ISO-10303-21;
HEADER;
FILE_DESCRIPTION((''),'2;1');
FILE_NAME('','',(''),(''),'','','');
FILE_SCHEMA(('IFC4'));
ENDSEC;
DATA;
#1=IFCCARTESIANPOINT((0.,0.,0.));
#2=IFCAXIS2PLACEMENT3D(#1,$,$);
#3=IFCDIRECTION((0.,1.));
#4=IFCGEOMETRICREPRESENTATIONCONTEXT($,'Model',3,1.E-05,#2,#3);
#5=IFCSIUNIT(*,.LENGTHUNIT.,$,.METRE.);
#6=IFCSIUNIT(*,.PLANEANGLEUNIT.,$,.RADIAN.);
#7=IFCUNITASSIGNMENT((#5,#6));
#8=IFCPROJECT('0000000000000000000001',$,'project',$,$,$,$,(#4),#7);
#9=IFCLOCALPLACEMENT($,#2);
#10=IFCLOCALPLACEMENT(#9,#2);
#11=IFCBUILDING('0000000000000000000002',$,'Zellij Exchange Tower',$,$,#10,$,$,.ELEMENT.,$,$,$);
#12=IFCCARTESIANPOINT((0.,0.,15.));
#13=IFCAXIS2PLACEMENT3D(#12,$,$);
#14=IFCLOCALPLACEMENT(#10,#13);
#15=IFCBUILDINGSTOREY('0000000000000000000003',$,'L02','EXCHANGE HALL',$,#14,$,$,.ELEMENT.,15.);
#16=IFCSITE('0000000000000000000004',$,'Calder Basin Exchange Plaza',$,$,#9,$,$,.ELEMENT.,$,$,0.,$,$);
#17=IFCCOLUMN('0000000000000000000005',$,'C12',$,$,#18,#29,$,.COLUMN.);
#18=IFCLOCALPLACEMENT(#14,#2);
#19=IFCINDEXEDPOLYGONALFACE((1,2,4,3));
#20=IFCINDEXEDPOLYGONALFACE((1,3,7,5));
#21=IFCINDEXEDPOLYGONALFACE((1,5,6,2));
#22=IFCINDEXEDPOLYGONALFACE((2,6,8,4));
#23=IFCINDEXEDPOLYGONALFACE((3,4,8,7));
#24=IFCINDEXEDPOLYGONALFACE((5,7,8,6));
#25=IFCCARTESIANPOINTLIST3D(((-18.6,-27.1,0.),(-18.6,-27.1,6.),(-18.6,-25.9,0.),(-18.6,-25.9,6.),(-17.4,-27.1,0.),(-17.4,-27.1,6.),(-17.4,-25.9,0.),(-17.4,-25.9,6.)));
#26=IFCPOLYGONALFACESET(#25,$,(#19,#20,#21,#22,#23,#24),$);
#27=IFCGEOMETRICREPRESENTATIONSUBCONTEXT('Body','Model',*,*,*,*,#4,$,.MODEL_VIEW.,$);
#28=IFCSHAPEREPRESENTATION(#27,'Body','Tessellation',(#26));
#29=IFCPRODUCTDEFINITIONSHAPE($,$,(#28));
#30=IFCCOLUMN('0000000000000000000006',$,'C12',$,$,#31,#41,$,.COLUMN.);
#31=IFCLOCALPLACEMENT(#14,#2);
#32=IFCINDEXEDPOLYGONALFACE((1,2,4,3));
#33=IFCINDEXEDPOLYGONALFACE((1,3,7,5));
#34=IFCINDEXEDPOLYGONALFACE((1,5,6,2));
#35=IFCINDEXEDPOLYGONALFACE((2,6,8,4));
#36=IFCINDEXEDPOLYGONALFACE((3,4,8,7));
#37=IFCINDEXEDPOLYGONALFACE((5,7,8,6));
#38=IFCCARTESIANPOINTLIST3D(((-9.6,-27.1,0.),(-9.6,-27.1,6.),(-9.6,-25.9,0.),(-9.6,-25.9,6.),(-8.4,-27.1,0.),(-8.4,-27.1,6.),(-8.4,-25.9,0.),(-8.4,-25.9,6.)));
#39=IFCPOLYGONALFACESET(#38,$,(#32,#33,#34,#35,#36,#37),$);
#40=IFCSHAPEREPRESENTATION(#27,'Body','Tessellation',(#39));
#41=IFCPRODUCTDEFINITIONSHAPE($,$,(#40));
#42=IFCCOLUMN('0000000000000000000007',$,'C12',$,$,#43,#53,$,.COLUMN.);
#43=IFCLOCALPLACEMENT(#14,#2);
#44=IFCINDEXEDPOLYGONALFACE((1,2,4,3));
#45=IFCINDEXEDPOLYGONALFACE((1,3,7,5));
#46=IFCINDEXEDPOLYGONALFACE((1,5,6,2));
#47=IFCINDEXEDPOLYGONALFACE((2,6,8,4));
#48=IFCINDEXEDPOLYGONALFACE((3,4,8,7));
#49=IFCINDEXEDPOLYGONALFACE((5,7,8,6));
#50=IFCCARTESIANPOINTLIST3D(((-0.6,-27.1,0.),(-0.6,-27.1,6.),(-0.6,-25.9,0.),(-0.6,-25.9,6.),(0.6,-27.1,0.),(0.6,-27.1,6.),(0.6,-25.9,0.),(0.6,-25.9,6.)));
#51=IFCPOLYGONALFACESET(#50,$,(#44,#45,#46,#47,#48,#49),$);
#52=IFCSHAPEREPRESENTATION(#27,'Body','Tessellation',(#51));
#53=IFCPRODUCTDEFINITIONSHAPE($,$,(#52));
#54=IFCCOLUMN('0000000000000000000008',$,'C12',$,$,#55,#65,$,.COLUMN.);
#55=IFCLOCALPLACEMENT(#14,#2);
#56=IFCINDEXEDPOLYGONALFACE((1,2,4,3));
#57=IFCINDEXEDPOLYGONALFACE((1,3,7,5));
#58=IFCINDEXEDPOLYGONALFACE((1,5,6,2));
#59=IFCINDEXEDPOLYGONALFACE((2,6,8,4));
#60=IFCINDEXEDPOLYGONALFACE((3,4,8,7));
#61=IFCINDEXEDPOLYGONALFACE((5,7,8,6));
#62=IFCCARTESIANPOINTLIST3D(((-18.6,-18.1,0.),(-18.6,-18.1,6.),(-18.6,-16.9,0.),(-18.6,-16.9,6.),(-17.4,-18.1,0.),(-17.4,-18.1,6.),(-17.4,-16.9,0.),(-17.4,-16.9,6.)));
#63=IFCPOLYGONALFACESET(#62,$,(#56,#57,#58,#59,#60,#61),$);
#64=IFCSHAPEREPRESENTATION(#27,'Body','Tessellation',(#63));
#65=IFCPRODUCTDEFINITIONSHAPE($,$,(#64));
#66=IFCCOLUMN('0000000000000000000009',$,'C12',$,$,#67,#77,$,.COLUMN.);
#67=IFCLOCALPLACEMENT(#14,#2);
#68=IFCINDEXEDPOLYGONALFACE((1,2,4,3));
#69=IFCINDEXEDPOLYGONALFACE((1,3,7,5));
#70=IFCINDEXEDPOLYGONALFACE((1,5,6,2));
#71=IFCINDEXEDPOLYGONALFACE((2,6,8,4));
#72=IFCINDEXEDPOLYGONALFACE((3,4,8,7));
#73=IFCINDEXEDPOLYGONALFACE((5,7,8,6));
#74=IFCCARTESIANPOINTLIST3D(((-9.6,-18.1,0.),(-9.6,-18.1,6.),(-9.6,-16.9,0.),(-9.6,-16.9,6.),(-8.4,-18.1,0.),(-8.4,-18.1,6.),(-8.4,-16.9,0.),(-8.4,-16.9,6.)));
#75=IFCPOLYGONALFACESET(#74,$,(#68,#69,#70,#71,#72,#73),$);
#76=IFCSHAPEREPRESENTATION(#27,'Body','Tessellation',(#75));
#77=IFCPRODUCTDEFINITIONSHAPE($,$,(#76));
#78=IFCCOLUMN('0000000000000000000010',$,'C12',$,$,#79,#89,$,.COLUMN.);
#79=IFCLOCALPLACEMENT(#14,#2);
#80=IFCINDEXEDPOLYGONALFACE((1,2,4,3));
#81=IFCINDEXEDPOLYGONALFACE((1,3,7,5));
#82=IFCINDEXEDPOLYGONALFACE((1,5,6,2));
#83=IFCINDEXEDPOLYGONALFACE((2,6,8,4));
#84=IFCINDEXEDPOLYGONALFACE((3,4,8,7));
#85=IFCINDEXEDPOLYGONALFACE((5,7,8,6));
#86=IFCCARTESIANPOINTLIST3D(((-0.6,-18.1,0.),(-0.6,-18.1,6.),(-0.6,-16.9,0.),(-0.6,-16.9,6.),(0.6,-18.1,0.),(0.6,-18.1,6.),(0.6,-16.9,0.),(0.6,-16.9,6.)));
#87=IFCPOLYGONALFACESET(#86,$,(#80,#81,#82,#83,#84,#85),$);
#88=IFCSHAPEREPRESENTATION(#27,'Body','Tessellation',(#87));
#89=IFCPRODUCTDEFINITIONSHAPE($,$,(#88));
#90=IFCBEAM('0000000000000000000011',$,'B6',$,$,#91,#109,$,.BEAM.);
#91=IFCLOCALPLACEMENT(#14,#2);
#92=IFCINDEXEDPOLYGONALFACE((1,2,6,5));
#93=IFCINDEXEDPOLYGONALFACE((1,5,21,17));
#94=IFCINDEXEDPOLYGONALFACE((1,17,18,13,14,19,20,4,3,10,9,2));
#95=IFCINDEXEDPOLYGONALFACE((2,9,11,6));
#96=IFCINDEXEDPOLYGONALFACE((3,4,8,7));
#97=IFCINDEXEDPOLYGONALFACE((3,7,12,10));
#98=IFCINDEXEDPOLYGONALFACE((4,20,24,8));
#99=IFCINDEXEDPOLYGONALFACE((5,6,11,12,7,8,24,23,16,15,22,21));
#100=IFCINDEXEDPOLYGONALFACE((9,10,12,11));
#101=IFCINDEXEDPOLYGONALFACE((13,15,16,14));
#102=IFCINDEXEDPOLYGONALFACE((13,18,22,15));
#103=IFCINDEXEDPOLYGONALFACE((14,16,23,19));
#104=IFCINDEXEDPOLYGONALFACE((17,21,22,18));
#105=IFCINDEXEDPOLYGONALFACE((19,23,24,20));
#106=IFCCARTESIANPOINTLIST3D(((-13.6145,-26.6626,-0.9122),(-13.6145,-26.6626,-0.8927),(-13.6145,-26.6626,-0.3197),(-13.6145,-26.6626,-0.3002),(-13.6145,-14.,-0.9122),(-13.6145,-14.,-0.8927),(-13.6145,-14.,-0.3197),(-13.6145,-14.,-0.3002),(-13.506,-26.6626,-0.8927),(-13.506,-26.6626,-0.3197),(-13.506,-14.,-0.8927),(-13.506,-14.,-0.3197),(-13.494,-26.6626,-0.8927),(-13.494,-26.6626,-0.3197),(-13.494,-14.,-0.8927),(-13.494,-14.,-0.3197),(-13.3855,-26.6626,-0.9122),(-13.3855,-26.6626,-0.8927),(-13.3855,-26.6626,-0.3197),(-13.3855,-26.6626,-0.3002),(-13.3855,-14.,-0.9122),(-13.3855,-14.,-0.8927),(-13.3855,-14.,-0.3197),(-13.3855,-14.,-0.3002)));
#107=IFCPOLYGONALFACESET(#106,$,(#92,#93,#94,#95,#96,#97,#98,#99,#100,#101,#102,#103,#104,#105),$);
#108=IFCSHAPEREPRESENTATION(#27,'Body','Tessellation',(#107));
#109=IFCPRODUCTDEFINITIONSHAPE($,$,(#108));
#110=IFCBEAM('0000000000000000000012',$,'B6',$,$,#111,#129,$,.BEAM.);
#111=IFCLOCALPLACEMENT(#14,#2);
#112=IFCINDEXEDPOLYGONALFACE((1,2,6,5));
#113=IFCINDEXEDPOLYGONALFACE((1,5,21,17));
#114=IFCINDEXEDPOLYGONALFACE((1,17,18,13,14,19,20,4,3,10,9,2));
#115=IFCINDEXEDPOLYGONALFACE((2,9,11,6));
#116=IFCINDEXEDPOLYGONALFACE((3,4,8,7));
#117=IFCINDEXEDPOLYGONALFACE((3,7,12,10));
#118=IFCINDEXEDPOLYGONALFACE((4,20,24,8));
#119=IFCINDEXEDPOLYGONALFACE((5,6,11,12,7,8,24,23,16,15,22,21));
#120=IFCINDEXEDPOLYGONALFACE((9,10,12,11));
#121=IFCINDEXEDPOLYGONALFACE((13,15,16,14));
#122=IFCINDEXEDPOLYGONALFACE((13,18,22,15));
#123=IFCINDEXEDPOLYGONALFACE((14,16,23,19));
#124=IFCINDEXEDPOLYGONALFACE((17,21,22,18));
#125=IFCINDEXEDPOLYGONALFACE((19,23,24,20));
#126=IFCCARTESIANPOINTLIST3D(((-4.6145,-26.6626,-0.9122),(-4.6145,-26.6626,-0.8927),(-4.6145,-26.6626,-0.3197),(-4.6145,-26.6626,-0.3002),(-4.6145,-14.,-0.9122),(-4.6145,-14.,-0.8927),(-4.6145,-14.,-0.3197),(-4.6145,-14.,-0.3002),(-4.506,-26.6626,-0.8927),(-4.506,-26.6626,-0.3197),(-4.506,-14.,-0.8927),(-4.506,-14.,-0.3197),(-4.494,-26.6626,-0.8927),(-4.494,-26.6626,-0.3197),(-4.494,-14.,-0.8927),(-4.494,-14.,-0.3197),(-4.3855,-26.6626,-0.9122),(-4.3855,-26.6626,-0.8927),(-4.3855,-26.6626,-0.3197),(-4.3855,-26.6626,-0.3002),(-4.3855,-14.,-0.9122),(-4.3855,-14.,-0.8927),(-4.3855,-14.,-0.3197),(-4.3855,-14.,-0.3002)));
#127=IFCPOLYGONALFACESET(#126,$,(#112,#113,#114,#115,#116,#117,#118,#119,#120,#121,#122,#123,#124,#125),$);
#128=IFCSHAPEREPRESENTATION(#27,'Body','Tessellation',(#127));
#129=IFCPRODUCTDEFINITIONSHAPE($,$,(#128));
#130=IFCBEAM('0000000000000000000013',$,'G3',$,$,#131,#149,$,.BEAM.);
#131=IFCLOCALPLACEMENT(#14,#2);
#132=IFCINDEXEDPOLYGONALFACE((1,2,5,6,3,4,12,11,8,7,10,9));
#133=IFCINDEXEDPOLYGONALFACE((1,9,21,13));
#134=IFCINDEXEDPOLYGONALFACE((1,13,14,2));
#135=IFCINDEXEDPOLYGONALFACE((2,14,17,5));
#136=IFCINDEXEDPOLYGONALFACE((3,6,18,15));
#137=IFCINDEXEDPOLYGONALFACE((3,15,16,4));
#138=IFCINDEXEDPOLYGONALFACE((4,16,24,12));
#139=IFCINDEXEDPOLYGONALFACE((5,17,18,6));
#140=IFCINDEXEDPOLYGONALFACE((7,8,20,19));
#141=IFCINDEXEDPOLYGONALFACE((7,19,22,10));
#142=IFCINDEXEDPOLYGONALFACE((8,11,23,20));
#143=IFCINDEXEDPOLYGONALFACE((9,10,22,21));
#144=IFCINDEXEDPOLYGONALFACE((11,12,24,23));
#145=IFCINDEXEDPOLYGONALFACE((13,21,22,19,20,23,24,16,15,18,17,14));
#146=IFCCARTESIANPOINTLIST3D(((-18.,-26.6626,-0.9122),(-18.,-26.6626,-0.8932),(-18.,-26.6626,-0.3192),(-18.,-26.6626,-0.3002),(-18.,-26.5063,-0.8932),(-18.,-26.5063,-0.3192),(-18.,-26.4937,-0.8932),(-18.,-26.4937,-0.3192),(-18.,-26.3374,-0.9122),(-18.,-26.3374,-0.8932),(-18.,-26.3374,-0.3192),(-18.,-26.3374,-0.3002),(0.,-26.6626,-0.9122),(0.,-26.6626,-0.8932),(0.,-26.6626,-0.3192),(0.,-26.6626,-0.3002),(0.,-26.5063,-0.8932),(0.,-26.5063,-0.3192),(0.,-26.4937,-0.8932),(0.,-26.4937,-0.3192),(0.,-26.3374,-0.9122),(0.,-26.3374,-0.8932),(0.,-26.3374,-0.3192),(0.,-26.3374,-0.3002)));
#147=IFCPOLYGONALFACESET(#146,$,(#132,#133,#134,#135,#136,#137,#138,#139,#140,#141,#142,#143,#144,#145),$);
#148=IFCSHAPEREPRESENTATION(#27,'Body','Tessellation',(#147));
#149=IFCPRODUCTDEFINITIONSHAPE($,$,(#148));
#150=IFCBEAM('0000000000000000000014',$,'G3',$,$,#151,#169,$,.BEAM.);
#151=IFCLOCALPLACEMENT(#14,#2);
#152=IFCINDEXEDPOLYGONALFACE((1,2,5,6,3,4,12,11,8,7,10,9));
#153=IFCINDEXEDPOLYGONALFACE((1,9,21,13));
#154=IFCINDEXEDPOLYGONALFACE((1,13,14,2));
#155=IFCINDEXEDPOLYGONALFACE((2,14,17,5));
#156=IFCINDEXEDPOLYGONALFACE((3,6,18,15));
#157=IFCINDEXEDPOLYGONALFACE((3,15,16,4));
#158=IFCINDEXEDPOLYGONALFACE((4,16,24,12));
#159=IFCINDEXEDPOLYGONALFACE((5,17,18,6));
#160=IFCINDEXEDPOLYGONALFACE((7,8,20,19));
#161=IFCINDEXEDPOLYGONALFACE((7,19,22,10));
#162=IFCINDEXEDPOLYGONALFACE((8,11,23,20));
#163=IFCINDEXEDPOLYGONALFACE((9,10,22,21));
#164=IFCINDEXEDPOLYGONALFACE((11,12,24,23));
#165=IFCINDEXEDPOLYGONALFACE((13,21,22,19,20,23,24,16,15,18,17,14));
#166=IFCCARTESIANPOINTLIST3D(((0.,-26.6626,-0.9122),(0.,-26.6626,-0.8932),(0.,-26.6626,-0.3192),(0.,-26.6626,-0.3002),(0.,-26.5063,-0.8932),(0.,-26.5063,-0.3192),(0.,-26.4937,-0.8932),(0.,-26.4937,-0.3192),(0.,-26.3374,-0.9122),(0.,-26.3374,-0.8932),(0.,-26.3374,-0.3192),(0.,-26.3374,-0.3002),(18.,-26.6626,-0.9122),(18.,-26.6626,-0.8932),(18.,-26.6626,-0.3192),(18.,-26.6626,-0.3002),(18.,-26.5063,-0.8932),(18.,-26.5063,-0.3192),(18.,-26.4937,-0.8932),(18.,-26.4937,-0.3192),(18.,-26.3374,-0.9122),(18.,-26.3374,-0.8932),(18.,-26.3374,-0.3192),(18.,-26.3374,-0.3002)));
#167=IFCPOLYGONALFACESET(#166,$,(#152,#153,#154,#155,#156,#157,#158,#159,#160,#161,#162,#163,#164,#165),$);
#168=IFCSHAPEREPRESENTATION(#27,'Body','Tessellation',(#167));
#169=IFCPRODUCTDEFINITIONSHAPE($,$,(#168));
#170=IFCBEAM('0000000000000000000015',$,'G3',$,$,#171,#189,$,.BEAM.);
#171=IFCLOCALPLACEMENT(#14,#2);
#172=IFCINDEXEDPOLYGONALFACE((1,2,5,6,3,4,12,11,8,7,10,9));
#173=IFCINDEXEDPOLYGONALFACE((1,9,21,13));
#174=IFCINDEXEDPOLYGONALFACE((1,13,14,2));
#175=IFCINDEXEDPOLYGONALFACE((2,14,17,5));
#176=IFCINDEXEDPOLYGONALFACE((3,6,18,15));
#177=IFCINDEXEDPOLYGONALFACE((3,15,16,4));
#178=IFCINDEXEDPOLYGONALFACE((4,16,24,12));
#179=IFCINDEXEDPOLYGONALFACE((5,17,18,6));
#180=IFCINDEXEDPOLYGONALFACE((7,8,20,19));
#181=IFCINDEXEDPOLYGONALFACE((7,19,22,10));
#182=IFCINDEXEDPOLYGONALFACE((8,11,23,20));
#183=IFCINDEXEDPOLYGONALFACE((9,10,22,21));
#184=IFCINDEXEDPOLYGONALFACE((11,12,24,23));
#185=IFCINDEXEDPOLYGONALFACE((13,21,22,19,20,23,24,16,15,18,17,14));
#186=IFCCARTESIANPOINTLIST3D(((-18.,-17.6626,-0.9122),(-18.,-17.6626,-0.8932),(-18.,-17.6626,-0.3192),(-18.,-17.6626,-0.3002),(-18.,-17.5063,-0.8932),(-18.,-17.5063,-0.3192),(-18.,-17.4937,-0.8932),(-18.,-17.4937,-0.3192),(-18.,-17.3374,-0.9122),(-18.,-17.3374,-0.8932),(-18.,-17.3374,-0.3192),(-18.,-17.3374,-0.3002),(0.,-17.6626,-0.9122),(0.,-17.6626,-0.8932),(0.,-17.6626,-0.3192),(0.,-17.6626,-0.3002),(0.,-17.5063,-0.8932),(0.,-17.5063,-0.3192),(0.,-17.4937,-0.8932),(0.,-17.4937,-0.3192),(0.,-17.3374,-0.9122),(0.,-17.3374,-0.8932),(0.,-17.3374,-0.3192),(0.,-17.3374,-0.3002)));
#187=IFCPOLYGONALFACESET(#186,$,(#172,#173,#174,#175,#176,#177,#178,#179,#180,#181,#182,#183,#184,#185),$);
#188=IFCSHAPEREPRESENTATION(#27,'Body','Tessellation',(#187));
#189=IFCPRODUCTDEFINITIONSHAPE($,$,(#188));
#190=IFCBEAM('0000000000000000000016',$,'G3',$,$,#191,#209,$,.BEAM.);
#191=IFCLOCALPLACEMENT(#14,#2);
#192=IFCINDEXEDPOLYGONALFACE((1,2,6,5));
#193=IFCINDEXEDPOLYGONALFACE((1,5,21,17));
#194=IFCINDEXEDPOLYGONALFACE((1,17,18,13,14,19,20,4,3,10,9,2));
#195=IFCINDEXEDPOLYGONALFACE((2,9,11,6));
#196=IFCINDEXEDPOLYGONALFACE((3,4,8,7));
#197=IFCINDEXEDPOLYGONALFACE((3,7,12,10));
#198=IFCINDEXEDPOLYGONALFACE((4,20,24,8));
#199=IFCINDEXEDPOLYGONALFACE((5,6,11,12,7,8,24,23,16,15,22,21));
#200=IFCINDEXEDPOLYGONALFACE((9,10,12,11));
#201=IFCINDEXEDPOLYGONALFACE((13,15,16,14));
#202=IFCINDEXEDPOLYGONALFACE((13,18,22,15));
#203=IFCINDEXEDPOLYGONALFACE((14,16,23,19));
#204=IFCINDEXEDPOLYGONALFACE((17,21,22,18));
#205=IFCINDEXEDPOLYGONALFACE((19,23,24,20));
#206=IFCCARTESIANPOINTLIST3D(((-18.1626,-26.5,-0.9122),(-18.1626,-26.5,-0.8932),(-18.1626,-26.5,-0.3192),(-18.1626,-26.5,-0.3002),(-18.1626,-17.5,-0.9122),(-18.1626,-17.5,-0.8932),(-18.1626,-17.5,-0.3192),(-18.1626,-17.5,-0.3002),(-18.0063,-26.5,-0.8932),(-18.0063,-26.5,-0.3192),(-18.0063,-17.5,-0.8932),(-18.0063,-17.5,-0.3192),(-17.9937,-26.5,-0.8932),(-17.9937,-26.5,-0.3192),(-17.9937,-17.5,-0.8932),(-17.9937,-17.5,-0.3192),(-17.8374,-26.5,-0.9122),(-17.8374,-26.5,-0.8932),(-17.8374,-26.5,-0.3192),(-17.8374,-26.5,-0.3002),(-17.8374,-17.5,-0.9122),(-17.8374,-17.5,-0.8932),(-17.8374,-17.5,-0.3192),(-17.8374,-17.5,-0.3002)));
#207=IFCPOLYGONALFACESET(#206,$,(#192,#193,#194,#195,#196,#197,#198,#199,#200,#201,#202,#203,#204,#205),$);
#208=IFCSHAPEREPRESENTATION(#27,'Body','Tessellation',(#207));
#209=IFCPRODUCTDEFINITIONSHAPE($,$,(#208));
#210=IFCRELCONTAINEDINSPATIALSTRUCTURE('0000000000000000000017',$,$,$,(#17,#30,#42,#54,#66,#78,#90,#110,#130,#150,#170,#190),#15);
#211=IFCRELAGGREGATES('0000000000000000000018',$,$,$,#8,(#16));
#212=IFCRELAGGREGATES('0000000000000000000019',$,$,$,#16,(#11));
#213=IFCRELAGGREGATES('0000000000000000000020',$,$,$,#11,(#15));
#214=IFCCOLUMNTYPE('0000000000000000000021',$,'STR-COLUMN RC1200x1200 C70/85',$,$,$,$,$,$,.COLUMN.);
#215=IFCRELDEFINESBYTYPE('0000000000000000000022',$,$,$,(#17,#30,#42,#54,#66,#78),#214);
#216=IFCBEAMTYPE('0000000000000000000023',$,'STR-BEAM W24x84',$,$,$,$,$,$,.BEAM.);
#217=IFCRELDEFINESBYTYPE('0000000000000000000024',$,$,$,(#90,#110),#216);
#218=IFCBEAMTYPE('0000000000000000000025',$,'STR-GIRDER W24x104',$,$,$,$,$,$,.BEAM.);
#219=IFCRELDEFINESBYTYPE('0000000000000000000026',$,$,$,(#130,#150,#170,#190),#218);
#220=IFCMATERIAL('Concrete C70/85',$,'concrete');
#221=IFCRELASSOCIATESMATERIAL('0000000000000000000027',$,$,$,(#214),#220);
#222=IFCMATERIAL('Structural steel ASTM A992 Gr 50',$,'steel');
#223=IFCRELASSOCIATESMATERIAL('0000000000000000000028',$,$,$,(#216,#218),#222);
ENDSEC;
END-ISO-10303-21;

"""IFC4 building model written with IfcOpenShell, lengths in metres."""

from ifc_helpers import new_model, si_unit, direction, frame, origin, origin_2d, place, context, subcontext, project, spatial, rectangle, i_section, extrude, material, material_profile, profile_set, type_object, element, save


model = new_model("IFC4")

# Units and contexts
model_context = context("Model", 3, precision=1e-05, world=origin(), true_north=direction((0.0, 1.0)))
body_context = subcontext(model_context, "Body", "Model", "MODEL_VIEW")
ifc_project = project(units=[si_unit("LENGTHUNIT", "METRE"), si_unit("PLANEANGLEUNIT", "RADIAN")], contexts=[model_context])

# Site, building, storey
site_placement = place(None, origin())
site = spatial("IfcSite", under=ifc_project, at=site_placement, Name="Calder Basin Exchange Plaza", CompositionType="ELEMENT", RefElevation=0.0)
building_placement = place(site_placement, origin())
building = spatial("IfcBuilding", under=site, at=building_placement, Name="Zellij Exchange Tower", CompositionType="ELEMENT")
storey_placement = place(building_placement, frame((0.0, 0.0, 15.0)))
storey = spatial("IfcBuildingStorey", under=building, at=storey_placement, Name="L02", Description="EXCHANGE HALL", CompositionType="ELEMENT", Elevation=15.0)

# Columns
ifc_material_1 = material(Name="Concrete C70/85", Category="concrete")
ifc_material_profile_1 = material_profile(ifc_material_1, rectangle(XDim=1.2, YDim=1.2, at=origin_2d()), Name="STR-COLUMN RC1200x1200 C70/85")
ifc_profile_set_1 = profile_set([ifc_material_profile_1], Name="Concrete C70/85")
column_type = type_object("IfcColumnType", Name="STR-COLUMN RC1200x1200 C70/85", PredefinedType="COLUMN", material=ifc_profile_set_1)
for number, where, z_axis, x_axis, name in (
    (1, (-18.0, -26.5, 0.0), (0.0, 0.0, 1.0), (1.0, 0.0, 0.0), "C12"),
    (2, (-9.0, -26.5, 0.0), (0.0, 0.0, 1.0), (1.0, 0.0, 0.0), "C12"),
    (3, (0.0, -26.5, 0.0), (0.0, 0.0, 1.0), (1.0, 0.0, 0.0), "C12"),
    (4, (-18.0, -17.5, 0.0), (0.0, 0.0, 1.0), (1.0, 0.0, 0.0), "C12"),
    (5, (-9.0, -17.5, 0.0), (0.0, 0.0, 1.0), (1.0, 0.0, 0.0), "C12"),
    (6, (0.0, -17.5, 0.0), (0.0, 0.0, 1.0), (1.0, 0.0, 0.0), "C12"),
):
    element("IfcColumn", number, at=place(storey_placement, frame(where, z_axis=z_axis, x_axis=x_axis)), inside=storey, type_object=column_type, Name=name, PredefinedType="COLUMN", context=body_context, shape_type="SweptSolid", body=[
        extrude(rectangle(XDim=1.2, YDim=1.2, at=origin_2d()), origin(), (0.0, 0.0, 1.0), 6.0),
    ])

# Beams
ifc_material_2 = material(Name="Structural steel ASTM A992 Gr 50", Category="steel")
ifc_material_profile_2 = material_profile(ifc_material_2, i_section(OverallWidth=0.229, OverallDepth=0.6121, WebThickness=0.012, FlangeThickness=0.0195, at=origin_2d()), Name="W24x84")
ifc_profile_set_2 = profile_set([ifc_material_profile_2], Name="Structural steel ASTM A992 Gr 50")
beam_type_1 = type_object("IfcBeamType", Name="STR-BEAM W24x84", PredefinedType="BEAM", material=ifc_profile_set_2)
for number, where, z_axis, x_axis, name in (
    (7, (-13.5, -26.6626, -0.6062), (0.0, 1.0, 0.0), (-1.0, 0.0, 0.0), "B6"),
    (8, (-4.5, -26.6626, -0.6062), (0.0, 1.0, 0.0), (-1.0, 0.0, 0.0), "B6"),
):
    element("IfcBeam", number, at=place(storey_placement, frame(where, z_axis=z_axis, x_axis=x_axis)), inside=storey, type_object=beam_type_1, Name=name, PredefinedType="BEAM", context=body_context, shape_type="SweptSolid", body=[
        extrude(i_section(OverallWidth=0.229, OverallDepth=0.6121, WebThickness=0.012, FlangeThickness=0.0195, at=origin_2d()), origin(), (0.0, 0.0, 1.0), 12.6626),
    ])
ifc_material_profile_3 = material_profile(ifc_material_2, i_section(OverallWidth=0.3252, OverallDepth=0.6121, WebThickness=0.0127, FlangeThickness=0.019, at=origin_2d()), Name="W24x104")
ifc_profile_set_3 = profile_set([ifc_material_profile_3], Name="Structural steel ASTM A992 Gr 50")
beam_type_2 = type_object("IfcBeamType", Name="STR-GIRDER W24x104", PredefinedType="BEAM", material=ifc_profile_set_3)
for number, where, z_axis, x_axis, name in (
    (9, (-18.0, -26.5, -0.6062), (1.0, 0.0, 0.0), (0.0, 1.0, 0.0), "G3"),
    (10, (0.0, -26.5, -0.6062), (1.0, 0.0, 0.0), (0.0, 1.0, 0.0), "G3"),
    (11, (-18.0, -17.5, -0.6062), (1.0, 0.0, 0.0), (0.0, 1.0, 0.0), "G3"),
):
    element("IfcBeam", number, at=place(storey_placement, frame(where, z_axis=z_axis, x_axis=x_axis)), inside=storey, type_object=beam_type_2, Name=name, PredefinedType="BEAM", context=body_context, shape_type="SweptSolid", body=[
        extrude(i_section(OverallWidth=0.3252, OverallDepth=0.6121, WebThickness=0.0127, FlangeThickness=0.019, at=origin_2d()), origin(), (0.0, 0.0, 1.0), 18.0),
    ])
for number, where, z_axis, x_axis, name in (
    (12, (-18.0, -26.5, -0.6062), (0.0, 1.0, 0.0), (-1.0, 0.0, 0.0), "G3"),
):
    element("IfcBeam", number, at=place(storey_placement, frame(where, z_axis=z_axis, x_axis=x_axis)), inside=storey, type_object=beam_type_2, Name=name, PredefinedType="BEAM", context=body_context, shape_type="SweptSolid", body=[
        extrude(i_section(OverallWidth=0.3252, OverallDepth=0.6121, WebThickness=0.0127, FlangeThickness=0.019, at=origin_2d()), origin(), (0.0, 0.0, 1.0), 9.0),
    ])

save(model, "model.ifc")
